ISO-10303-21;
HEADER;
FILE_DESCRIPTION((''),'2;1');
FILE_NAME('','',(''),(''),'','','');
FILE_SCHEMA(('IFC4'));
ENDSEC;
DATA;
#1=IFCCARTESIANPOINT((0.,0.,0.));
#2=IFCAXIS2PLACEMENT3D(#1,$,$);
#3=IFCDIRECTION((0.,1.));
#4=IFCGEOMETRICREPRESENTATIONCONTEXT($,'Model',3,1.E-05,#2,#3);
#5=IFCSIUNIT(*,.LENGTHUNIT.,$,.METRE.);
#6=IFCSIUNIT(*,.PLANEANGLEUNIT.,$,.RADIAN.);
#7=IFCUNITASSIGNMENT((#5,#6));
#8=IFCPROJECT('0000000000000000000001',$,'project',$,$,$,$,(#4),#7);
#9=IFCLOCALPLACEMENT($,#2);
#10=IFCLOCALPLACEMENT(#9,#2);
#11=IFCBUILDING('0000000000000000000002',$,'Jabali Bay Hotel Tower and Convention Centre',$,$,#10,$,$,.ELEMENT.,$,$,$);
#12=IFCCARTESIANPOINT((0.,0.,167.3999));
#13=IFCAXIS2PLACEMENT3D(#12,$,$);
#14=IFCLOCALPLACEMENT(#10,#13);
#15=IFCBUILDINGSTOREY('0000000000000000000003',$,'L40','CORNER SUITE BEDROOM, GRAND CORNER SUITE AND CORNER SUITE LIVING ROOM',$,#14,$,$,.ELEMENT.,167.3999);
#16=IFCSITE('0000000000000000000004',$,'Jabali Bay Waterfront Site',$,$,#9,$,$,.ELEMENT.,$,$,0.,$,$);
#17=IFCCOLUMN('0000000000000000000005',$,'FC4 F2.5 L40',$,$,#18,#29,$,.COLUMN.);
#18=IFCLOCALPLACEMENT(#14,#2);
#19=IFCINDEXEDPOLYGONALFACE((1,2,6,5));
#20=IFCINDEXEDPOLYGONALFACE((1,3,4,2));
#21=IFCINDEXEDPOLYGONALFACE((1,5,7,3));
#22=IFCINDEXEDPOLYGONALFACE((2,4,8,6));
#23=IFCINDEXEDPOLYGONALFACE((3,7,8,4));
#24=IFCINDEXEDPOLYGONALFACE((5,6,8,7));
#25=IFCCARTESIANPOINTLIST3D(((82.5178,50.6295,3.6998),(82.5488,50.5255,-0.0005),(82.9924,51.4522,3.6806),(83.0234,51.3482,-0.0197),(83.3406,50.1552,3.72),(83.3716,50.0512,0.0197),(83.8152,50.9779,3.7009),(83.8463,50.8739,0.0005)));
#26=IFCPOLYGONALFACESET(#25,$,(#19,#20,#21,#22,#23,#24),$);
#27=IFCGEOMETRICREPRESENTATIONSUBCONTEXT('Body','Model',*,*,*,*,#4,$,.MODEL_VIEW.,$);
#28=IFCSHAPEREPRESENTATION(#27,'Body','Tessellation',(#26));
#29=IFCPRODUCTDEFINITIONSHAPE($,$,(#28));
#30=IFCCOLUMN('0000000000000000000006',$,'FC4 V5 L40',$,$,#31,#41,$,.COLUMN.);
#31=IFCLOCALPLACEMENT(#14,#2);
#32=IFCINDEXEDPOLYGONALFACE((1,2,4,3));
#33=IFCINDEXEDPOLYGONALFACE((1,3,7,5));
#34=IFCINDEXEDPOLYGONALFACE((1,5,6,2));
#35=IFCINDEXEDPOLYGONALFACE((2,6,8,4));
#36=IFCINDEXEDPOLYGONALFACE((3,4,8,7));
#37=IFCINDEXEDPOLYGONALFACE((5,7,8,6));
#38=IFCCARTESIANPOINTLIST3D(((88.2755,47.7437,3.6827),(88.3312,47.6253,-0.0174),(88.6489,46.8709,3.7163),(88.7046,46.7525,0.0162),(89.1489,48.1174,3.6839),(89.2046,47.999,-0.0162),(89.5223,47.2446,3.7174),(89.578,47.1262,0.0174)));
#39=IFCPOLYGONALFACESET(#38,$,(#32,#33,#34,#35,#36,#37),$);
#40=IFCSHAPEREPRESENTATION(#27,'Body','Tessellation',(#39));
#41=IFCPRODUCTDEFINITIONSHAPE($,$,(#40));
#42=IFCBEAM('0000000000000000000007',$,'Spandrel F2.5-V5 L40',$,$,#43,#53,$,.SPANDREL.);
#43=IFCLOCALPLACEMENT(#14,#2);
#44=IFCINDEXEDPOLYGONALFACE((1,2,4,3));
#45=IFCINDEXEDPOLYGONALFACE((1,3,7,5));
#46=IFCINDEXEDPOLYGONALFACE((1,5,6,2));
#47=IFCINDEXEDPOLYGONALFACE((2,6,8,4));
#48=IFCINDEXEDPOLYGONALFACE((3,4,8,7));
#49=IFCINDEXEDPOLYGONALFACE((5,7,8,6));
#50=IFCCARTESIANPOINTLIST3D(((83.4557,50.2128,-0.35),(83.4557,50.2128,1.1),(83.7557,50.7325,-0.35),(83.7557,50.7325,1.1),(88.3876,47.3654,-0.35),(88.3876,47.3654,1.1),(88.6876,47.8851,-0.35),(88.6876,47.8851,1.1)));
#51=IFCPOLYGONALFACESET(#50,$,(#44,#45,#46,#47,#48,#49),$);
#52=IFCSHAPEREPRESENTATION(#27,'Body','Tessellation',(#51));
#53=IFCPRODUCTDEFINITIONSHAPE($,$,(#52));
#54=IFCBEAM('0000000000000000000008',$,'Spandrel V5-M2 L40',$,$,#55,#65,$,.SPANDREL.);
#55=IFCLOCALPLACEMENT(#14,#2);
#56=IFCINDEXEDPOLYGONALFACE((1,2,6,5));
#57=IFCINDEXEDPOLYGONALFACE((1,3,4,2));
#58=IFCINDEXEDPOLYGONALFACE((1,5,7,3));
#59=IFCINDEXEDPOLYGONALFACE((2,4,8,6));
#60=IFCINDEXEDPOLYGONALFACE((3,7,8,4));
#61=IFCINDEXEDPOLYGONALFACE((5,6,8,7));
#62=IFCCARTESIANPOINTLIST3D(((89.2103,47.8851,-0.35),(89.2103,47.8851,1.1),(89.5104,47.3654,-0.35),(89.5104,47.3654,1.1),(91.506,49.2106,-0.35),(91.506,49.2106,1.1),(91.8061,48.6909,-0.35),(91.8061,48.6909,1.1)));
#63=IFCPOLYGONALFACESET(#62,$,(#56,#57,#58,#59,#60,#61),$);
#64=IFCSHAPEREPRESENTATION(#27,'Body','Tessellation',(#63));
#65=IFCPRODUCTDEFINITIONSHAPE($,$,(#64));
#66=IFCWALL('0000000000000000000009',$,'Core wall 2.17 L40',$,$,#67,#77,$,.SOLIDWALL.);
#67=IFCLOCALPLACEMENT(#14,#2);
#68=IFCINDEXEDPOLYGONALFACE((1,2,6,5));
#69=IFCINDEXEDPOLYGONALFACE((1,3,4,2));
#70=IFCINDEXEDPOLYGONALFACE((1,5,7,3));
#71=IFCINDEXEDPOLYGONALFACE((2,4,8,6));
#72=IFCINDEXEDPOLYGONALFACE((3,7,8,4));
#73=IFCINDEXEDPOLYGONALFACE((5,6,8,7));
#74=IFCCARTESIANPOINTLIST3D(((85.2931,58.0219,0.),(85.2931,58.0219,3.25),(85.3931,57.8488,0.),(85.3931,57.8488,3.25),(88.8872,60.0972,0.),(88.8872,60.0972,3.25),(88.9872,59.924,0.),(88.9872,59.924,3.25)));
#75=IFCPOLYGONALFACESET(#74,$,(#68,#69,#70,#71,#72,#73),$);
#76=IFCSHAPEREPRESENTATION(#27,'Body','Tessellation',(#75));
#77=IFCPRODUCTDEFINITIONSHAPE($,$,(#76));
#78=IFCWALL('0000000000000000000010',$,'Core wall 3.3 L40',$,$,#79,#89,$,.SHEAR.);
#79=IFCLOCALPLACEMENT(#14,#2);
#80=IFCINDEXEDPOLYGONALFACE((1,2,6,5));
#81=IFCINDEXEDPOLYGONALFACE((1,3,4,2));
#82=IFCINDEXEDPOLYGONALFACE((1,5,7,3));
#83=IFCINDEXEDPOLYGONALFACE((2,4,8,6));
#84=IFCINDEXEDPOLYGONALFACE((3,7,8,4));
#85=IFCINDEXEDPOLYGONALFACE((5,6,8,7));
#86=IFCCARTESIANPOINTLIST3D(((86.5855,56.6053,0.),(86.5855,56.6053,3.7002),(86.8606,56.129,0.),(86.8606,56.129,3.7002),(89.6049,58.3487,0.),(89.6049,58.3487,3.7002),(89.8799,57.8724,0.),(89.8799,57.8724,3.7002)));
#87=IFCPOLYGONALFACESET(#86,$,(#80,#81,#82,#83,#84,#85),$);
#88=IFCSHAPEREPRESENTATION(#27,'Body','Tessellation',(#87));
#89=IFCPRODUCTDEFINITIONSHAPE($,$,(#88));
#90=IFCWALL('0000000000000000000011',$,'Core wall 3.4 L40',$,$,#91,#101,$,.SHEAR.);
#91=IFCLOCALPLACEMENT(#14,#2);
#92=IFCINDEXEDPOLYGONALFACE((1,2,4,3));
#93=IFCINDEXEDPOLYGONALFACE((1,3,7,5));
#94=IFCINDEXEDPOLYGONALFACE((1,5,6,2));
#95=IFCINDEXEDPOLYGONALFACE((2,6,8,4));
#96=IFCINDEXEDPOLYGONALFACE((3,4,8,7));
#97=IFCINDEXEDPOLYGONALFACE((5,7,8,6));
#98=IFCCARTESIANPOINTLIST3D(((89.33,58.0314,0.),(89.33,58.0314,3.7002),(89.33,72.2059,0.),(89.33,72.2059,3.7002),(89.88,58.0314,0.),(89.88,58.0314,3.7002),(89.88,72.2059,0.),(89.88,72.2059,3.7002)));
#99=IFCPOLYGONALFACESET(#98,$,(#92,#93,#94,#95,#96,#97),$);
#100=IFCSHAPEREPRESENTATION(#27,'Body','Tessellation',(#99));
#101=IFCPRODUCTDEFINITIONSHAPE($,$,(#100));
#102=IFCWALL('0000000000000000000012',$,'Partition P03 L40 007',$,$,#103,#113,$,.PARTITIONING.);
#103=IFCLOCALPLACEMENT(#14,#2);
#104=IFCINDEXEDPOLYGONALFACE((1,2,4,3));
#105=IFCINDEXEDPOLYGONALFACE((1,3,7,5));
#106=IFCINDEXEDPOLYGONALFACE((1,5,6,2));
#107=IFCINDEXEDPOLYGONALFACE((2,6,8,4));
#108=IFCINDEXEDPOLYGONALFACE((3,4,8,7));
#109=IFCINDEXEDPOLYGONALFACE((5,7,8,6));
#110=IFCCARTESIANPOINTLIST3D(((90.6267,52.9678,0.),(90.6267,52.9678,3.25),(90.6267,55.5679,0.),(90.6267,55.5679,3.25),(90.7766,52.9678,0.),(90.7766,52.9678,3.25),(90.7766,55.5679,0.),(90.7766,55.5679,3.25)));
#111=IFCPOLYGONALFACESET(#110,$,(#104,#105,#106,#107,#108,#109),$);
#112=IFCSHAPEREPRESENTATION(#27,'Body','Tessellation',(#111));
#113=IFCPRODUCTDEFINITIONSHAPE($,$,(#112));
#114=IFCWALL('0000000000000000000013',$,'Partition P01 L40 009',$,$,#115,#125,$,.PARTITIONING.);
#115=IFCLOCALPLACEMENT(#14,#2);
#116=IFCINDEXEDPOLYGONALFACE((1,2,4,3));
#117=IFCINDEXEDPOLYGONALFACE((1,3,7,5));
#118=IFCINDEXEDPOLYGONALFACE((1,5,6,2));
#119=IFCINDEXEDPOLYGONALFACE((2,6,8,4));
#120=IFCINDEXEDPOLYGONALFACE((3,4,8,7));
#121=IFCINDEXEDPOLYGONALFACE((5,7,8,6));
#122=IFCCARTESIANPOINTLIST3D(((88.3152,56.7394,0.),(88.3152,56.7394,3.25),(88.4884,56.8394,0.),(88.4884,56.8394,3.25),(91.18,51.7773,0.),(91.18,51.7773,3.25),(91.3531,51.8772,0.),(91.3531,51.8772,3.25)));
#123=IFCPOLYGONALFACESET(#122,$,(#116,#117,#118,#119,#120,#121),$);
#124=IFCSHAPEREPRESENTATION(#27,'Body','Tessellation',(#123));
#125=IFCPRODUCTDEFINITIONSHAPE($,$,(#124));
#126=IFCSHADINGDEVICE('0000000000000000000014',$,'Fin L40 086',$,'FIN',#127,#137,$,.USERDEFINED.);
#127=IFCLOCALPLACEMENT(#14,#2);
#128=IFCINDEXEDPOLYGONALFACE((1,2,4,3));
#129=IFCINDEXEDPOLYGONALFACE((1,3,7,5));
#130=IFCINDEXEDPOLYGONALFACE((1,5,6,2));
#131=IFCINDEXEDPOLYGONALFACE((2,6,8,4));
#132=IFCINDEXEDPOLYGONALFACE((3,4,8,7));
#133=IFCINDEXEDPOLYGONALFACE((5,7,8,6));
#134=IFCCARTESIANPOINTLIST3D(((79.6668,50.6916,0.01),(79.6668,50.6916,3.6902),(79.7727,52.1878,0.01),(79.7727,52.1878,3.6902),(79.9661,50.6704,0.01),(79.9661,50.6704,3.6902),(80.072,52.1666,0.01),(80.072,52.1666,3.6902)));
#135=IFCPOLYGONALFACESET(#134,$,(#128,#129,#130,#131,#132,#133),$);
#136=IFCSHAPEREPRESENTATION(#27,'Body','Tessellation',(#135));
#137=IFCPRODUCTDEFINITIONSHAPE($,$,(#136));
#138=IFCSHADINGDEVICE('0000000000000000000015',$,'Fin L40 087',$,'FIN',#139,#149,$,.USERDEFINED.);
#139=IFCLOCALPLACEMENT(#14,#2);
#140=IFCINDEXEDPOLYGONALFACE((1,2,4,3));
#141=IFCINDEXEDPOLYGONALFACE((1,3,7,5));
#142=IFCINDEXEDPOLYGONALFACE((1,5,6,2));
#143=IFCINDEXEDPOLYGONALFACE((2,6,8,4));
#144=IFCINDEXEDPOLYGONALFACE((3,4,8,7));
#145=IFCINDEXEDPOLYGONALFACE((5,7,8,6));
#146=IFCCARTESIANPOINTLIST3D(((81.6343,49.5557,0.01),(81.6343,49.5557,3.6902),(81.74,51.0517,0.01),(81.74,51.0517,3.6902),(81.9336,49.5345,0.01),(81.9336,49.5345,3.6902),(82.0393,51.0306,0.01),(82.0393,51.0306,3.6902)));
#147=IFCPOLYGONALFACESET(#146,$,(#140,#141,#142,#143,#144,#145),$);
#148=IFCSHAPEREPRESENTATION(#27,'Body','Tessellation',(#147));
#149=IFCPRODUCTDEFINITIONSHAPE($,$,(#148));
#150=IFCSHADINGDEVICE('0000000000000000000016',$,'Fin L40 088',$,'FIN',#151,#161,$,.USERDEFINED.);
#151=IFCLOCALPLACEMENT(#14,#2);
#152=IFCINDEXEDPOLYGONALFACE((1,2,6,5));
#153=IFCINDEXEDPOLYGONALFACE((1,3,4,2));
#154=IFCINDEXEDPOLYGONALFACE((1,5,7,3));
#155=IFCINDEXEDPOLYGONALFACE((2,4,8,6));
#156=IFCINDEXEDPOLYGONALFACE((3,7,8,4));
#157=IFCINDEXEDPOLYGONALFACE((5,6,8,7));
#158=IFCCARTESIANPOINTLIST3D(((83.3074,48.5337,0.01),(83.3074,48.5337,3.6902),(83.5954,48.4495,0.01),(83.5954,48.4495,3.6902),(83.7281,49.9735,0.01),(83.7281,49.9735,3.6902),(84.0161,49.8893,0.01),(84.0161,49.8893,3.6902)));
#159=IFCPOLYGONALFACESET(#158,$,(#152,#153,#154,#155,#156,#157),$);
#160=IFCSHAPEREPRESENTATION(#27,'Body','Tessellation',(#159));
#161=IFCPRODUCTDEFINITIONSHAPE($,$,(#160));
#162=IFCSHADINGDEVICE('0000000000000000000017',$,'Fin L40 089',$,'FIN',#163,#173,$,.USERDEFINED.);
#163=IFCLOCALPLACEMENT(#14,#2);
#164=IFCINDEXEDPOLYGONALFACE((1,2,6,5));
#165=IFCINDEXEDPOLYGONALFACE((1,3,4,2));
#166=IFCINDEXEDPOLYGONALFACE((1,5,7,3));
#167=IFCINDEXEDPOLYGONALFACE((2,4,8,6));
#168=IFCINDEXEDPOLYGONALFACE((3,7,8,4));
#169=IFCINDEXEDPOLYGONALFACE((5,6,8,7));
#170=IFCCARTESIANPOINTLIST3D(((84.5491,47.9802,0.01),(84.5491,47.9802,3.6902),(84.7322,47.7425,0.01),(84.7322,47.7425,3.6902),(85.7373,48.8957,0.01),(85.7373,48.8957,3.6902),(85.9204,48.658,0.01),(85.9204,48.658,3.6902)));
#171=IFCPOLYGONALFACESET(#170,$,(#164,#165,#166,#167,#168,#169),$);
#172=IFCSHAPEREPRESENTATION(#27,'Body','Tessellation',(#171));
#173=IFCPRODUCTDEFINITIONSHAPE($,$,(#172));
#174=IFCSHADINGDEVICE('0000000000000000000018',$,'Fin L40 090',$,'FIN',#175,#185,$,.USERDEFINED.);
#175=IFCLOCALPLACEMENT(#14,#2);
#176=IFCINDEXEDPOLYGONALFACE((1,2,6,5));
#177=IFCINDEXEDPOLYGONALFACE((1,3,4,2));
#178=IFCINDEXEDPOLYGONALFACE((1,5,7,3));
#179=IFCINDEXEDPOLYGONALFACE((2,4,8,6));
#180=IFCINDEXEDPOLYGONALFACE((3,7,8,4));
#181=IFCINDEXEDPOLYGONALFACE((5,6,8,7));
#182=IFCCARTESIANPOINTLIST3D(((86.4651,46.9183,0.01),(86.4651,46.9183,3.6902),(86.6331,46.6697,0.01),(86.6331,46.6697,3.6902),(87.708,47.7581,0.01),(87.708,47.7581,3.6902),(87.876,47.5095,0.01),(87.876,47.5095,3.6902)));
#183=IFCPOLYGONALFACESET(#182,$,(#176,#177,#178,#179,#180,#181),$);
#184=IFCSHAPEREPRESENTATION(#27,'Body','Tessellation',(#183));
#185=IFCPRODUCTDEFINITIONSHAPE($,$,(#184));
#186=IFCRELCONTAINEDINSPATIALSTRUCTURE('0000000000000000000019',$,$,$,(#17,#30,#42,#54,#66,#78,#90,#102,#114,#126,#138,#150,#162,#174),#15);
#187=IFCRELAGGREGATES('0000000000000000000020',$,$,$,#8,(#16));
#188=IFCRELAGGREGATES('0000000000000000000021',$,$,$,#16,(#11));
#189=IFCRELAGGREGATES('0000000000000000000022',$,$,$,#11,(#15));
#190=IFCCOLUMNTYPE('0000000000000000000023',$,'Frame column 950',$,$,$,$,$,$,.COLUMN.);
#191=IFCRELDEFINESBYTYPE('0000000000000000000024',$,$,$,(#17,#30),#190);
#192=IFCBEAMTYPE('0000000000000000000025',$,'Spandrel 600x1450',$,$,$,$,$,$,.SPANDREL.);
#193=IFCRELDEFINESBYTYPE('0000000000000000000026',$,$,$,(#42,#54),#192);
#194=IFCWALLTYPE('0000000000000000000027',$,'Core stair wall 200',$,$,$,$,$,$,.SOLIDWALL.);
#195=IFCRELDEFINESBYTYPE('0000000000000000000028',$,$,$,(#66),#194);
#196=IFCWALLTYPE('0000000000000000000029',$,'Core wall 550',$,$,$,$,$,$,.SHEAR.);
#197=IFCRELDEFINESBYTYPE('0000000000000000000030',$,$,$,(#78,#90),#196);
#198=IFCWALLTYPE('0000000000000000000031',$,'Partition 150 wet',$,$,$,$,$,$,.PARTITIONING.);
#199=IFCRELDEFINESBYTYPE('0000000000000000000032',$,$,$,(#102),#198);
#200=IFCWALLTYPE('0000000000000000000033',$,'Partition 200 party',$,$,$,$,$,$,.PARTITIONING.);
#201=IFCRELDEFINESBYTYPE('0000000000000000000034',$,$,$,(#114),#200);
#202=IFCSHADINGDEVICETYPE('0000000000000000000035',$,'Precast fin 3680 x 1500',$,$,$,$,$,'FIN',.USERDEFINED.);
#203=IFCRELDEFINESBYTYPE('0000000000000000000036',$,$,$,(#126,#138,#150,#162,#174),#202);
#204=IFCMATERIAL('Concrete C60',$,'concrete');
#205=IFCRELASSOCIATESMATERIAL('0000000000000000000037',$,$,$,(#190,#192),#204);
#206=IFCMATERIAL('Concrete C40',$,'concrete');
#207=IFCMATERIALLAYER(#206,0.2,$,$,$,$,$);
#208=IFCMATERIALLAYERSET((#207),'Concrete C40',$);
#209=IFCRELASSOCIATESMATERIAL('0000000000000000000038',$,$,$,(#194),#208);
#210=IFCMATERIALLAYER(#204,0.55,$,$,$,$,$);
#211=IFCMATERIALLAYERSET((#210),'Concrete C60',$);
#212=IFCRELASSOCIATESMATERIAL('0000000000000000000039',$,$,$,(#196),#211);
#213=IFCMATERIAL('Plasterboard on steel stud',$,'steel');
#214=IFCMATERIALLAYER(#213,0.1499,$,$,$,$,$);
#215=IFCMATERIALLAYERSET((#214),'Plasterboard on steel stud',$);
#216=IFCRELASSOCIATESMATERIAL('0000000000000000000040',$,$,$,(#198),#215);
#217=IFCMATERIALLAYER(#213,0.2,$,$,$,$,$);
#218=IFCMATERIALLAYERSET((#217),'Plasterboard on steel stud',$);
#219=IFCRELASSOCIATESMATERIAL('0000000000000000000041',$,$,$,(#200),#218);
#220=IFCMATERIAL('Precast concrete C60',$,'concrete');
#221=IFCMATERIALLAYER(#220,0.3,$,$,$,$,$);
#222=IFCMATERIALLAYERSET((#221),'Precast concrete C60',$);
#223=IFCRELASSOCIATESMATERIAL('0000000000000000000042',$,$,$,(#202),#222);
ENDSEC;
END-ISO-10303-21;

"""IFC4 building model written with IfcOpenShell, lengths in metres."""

from ifc_helpers import new_model, si_unit, direction, frame, frame_2d, origin, origin_2d, place, context, subcontext, project, spatial, rectangle, extrude, material, layer, layer_set, material_profile, profile_set, type_object, element, save


model = new_model("IFC4")

# Units and contexts
model_context = context("Model", 3, precision=1e-05, world=origin(), true_north=direction((0.0, 1.0)))
body_context = subcontext(model_context, "Body", "Model", "MODEL_VIEW")
ifc_project = project(units=[si_unit("LENGTHUNIT", "METRE"), si_unit("PLANEANGLEUNIT", "RADIAN")], contexts=[model_context])

# Site, building, storey
site_placement = place(None, origin())
site = spatial("IfcSite", under=ifc_project, at=site_placement, Name="Jabali Bay Waterfront Site", CompositionType="ELEMENT", RefElevation=0.0)
building_placement = place(site_placement, origin())
building = spatial("IfcBuilding", under=site, at=building_placement, Name="Jabali Bay Hotel Tower and Convention Centre", CompositionType="ELEMENT")
storey_placement = place(building_placement, frame((0.0, 0.0, 167.3999)))
storey = spatial("IfcBuildingStorey", under=building, at=storey_placement, Name="L40", Description="CORNER SUITE BEDROOM, GRAND CORNER SUITE AND CORNER SUITE LIVING ROOM", CompositionType="ELEMENT", Elevation=167.3999)

# Columns
ifc_material_1 = material(Name="Concrete C60", Category="concrete")
ifc_material_profile_1 = material_profile(ifc_material_1, rectangle(XDim=0.95, YDim=0.95, at=origin_2d()), Name="Frame column 950")
ifc_profile_set_1 = profile_set([ifc_material_profile_1], Name="Concrete C60")
column_type = type_object("IfcColumnType", Name="Frame column 950", PredefinedType="COLUMN", material=ifc_profile_set_1)
column_1_placement = place(storey_placement, frame((83.1975, 50.6997, 0.0), z_axis=(-0.008376, 0.028096, 0.99957), x_axis=(-0.499674, -0.865979, 0.020154)))
element("IfcColumn", 1, at=column_1_placement, inside=storey, type_object=column_type, Name="FC4 F2.5 L40", PredefinedType="COLUMN", context=body_context, shape_type="SweptSolid", body=[
    extrude(rectangle(XDim=0.95, YDim=0.95, at=origin_2d()), origin(), (0.0, 0.0, 1.0), 3.7019),
])
column_2_placement = place(storey_placement, frame((88.9546, 47.3757, 0.0), z_axis=(-0.015034, 0.031981, 0.999375), x_axis=(0.39308, -0.918826, 0.035316)))
element("IfcColumn", 2, at=column_2_placement, inside=storey, type_object=column_type, Name="FC4 V5 L40", PredefinedType="COLUMN", context=body_context, shape_type="SweptSolid", body=[
    extrude(rectangle(XDim=0.95, YDim=0.95, at=origin_2d()), origin(), (0.0, 0.0, 1.0), 3.7024),
])

# Beams
ifc_material_profile_2 = material_profile(ifc_material_1, rectangle(XDim=0.6001, YDim=1.45, at=origin_2d()), Name="Spandrel 600x1450")
ifc_profile_set_2 = profile_set([ifc_material_profile_2], Name="Concrete C60")
beam_type = type_object("IfcBeamType", Name="Spandrel 600x1450", PredefinedType="SPANDREL", material=ifc_profile_set_2)
beam_1_placement = place(storey_placement, frame((83.6057, 50.4727, 0.375), z_axis=(0.866026, -0.499998, 0.0), x_axis=(0.499998, 0.866026, 0.0)))
element("IfcBeam", 3, at=beam_1_placement, inside=storey, type_object=beam_type, Name="Spandrel F2.5-V5 L40", PredefinedType="SPANDREL", context=body_context, shape_type="SweptSolid", body=[
    extrude(rectangle(XDim=0.6001, YDim=1.45, at=origin_2d()), origin(), (0.0, 0.0, 1.0), 5.6948),
])
beam_2_placement = place(storey_placement, frame((89.3604, 47.6252, 0.375), z_axis=(0.866018, 0.500012, 0.0), x_axis=(-0.500012, 0.866018, 0.0)))
element("IfcBeam", 4, at=beam_2_placement, inside=storey, type_object=beam_type, Name="Spandrel V5-M2 L40", PredefinedType="SPANDREL", context=body_context, shape_type="SweptSolid", body=[
    extrude(rectangle(XDim=0.6001, YDim=1.45, at=origin_2d()), origin(), (0.0, 0.0, 1.0), 2.6509),
])

# Walls
ifc_material_2 = material(Name="Concrete C40", Category="concrete")
ifc_layer_1 = layer(ifc_material_2, 0.2)
ifc_layer_set_1 = layer_set([ifc_layer_1], Name="Concrete C40")
wall_type_1 = type_object("IfcWallType", Name="Core stair wall 200", PredefinedType="SOLIDWALL", material=ifc_layer_set_1)
wall_1_placement = place(storey_placement, frame((85.343, 57.9353, 0.0), z_axis=(0.0, 0.0, 1.0), x_axis=(0.866004, 0.500036, 0.0)))
element("IfcWall", 5, at=wall_1_placement, inside=storey, type_object=wall_type_1, Name="Core wall 2.17 L40", PredefinedType="SOLIDWALL", context=body_context, shape_type="SweptSolid", body=[
    extrude(rectangle(XDim=4.1501, YDim=0.2, at=frame_2d((2.0752, 0.0))), origin(), (0.0, 0.0, 1.0), 3.25),
])
ifc_layer_2 = layer(ifc_material_1, 0.55)
ifc_layer_set_2 = layer_set([ifc_layer_2], Name="Concrete C60")
wall_type_2 = type_object("IfcWallType", Name="Core wall 550", PredefinedType="SHEAR", material=ifc_layer_set_2)
wall_2_placement = place(storey_placement, frame((86.7231, 56.3672, 0.0), z_axis=(0.0, 0.0, 1.0), x_axis=(0.865998, 0.500048, 0.0)))
element("IfcWall", 6, at=wall_2_placement, inside=storey, type_object=wall_type_2, Name="Core wall 3.3 L40", PredefinedType="SHEAR", context=body_context, shape_type="SweptSolid", body=[
    extrude(rectangle(XDim=3.4866, YDim=0.55, at=frame_2d((1.7432, 0.0))), origin(), (0.0, 0.0, 1.0), 3.7002),
])
wall_3_placement = place(storey_placement, frame((89.605, 58.0312, 0.0), z_axis=(0.0, 0.0, 1.0), x_axis=(0.0, 1.0, 0.0)))
element("IfcWall", 7, at=wall_3_placement, inside=storey, type_object=wall_type_2, Name="Core wall 3.4 L40", PredefinedType="SHEAR", context=body_context, shape_type="SweptSolid", body=[
    extrude(rectangle(XDim=14.1746, YDim=0.55, at=frame_2d((7.0874, 0.0))), origin(), (0.0, 0.0, 1.0), 3.7002),
])

# Walls
ifc_material_3 = material(Name="Plasterboard on steel stud", Category="steel")
ifc_layer_3 = layer(ifc_material_3, 0.1499)
ifc_layer_set_3 = layer_set([ifc_layer_3], Name="Plasterboard on steel stud")
wall_type_3 = type_object("IfcWallType", Name="Partition 150 wet", PredefinedType="PARTITIONING", material=ifc_layer_set_3)
wall_4_placement = place(storey_placement, frame((90.7017, 52.9678, 0.0), z_axis=(0.0, 0.0, 1.0), x_axis=(0.0, 1.0, 0.0)))
element("IfcWall", 8, at=wall_4_placement, inside=storey, type_object=wall_type_3, Name="Partition P03 L40 007", PredefinedType="PARTITIONING", context=body_context, shape_type="SweptSolid", body=[
    extrude(rectangle(XDim=2.6001, YDim=0.1499, at=frame_2d((1.3, 0.0))), origin(), (0.0, 0.0, 1.0), 3.25),
])
ifc_layer_4 = layer(ifc_material_3, 0.2)
ifc_layer_set_4 = layer_set([ifc_layer_4], Name="Plasterboard on steel stud")
wall_type_4 = type_object("IfcWallType", Name="Partition 200 party", PredefinedType="PARTITIONING", material=ifc_layer_set_4)
wall_5_placement = place(storey_placement, frame((88.4019, 56.7893, 0.0), z_axis=(0.0, 0.0, 1.0), x_axis=(0.499979, -0.866037, 0.0)))
element("IfcWall", 9, at=wall_5_placement, inside=storey, type_object=wall_type_4, Name="Partition P01 L40 009", PredefinedType="PARTITIONING", context=body_context, shape_type="SweptSolid", body=[
    extrude(rectangle(XDim=5.7297, YDim=0.2, at=frame_2d((2.8647, 0.0))), origin(), (0.0, 0.0, 1.0), 3.25),
])

# Shading devices
ifc_material_4 = material(Name="Precast concrete C60", Category="concrete")
ifc_layer_5 = layer(ifc_material_4, 0.3)
ifc_layer_set_5 = layer_set([ifc_layer_5], Name="Precast concrete C60")
shading_device_type = type_object("IfcShadingDeviceType", Name="Precast fin 3680 x 1500", ElementType="FIN", PredefinedType="USERDEFINED", material=ifc_layer_set_5)
shading_device_1_placement = place(storey_placement, frame((79.9224, 52.1772, 0.01), z_axis=(0.0, 0.0, 1.0), x_axis=(-0.070634, -0.997502, 0.0)))
element("IfcShadingDevice", 10, at=shading_device_1_placement, inside=storey, type_object=shading_device_type, Name="Fin L40 086", ObjectType="FIN", PredefinedType="USERDEFINED", context=body_context, shape_type="SweptSolid", body=[
    extrude(rectangle(XDim=1.5, YDim=0.3, at=frame_2d((0.75, 0.0))), origin(), (0.0, 0.0, 1.0), 3.6802),
])
shading_device_2_placement = place(storey_placement, frame((81.8896, 51.0413, 0.01), z_axis=(0.0, 0.0, 1.0), x_axis=(-0.070484, -0.997513, 0.0)))
element("IfcShadingDevice", 11, at=shading_device_2_placement, inside=storey, type_object=shading_device_type, Name="Fin L40 087", ObjectType="FIN", PredefinedType="USERDEFINED", context=body_context, shape_type="SweptSolid", body=[
    extrude(rectangle(XDim=1.4998, YDim=0.3, at=frame_2d((0.75, 0.0))), origin(), (0.0, 0.0, 1.0), 3.6802),
])
for number, where, z_axis, x_axis, name in (
    (12, (83.8721, 49.9314, 0.01), (0.0, 0.0, 1.0), (-0.280456, -0.959867, 0.0), "Fin L40 088"),
    (13, (85.8289, 48.7769, 0.01), (0.0, 0.0, 1.0), (-0.79214, -0.61034, 0.0), "Fin L40 089"),
    (14, (87.792, 47.6338, 0.01), (0.0, 0.0, 1.0), (-0.828579, -0.559873, 0.0), "Fin L40 090"),
):
    element("IfcShadingDevice", number, at=place(storey_placement, frame(where, z_axis=z_axis, x_axis=x_axis)), inside=storey, type_object=shading_device_type, Name=name, ObjectType="FIN", PredefinedType="USERDEFINED", context=body_context, shape_type="SweptSolid", body=[
        extrude(rectangle(XDim=1.5, YDim=0.3, at=frame_2d((0.75, 0.0))), origin(), (0.0, 0.0, 1.0), 3.6802),
    ])

save(model, "model.ifc")
